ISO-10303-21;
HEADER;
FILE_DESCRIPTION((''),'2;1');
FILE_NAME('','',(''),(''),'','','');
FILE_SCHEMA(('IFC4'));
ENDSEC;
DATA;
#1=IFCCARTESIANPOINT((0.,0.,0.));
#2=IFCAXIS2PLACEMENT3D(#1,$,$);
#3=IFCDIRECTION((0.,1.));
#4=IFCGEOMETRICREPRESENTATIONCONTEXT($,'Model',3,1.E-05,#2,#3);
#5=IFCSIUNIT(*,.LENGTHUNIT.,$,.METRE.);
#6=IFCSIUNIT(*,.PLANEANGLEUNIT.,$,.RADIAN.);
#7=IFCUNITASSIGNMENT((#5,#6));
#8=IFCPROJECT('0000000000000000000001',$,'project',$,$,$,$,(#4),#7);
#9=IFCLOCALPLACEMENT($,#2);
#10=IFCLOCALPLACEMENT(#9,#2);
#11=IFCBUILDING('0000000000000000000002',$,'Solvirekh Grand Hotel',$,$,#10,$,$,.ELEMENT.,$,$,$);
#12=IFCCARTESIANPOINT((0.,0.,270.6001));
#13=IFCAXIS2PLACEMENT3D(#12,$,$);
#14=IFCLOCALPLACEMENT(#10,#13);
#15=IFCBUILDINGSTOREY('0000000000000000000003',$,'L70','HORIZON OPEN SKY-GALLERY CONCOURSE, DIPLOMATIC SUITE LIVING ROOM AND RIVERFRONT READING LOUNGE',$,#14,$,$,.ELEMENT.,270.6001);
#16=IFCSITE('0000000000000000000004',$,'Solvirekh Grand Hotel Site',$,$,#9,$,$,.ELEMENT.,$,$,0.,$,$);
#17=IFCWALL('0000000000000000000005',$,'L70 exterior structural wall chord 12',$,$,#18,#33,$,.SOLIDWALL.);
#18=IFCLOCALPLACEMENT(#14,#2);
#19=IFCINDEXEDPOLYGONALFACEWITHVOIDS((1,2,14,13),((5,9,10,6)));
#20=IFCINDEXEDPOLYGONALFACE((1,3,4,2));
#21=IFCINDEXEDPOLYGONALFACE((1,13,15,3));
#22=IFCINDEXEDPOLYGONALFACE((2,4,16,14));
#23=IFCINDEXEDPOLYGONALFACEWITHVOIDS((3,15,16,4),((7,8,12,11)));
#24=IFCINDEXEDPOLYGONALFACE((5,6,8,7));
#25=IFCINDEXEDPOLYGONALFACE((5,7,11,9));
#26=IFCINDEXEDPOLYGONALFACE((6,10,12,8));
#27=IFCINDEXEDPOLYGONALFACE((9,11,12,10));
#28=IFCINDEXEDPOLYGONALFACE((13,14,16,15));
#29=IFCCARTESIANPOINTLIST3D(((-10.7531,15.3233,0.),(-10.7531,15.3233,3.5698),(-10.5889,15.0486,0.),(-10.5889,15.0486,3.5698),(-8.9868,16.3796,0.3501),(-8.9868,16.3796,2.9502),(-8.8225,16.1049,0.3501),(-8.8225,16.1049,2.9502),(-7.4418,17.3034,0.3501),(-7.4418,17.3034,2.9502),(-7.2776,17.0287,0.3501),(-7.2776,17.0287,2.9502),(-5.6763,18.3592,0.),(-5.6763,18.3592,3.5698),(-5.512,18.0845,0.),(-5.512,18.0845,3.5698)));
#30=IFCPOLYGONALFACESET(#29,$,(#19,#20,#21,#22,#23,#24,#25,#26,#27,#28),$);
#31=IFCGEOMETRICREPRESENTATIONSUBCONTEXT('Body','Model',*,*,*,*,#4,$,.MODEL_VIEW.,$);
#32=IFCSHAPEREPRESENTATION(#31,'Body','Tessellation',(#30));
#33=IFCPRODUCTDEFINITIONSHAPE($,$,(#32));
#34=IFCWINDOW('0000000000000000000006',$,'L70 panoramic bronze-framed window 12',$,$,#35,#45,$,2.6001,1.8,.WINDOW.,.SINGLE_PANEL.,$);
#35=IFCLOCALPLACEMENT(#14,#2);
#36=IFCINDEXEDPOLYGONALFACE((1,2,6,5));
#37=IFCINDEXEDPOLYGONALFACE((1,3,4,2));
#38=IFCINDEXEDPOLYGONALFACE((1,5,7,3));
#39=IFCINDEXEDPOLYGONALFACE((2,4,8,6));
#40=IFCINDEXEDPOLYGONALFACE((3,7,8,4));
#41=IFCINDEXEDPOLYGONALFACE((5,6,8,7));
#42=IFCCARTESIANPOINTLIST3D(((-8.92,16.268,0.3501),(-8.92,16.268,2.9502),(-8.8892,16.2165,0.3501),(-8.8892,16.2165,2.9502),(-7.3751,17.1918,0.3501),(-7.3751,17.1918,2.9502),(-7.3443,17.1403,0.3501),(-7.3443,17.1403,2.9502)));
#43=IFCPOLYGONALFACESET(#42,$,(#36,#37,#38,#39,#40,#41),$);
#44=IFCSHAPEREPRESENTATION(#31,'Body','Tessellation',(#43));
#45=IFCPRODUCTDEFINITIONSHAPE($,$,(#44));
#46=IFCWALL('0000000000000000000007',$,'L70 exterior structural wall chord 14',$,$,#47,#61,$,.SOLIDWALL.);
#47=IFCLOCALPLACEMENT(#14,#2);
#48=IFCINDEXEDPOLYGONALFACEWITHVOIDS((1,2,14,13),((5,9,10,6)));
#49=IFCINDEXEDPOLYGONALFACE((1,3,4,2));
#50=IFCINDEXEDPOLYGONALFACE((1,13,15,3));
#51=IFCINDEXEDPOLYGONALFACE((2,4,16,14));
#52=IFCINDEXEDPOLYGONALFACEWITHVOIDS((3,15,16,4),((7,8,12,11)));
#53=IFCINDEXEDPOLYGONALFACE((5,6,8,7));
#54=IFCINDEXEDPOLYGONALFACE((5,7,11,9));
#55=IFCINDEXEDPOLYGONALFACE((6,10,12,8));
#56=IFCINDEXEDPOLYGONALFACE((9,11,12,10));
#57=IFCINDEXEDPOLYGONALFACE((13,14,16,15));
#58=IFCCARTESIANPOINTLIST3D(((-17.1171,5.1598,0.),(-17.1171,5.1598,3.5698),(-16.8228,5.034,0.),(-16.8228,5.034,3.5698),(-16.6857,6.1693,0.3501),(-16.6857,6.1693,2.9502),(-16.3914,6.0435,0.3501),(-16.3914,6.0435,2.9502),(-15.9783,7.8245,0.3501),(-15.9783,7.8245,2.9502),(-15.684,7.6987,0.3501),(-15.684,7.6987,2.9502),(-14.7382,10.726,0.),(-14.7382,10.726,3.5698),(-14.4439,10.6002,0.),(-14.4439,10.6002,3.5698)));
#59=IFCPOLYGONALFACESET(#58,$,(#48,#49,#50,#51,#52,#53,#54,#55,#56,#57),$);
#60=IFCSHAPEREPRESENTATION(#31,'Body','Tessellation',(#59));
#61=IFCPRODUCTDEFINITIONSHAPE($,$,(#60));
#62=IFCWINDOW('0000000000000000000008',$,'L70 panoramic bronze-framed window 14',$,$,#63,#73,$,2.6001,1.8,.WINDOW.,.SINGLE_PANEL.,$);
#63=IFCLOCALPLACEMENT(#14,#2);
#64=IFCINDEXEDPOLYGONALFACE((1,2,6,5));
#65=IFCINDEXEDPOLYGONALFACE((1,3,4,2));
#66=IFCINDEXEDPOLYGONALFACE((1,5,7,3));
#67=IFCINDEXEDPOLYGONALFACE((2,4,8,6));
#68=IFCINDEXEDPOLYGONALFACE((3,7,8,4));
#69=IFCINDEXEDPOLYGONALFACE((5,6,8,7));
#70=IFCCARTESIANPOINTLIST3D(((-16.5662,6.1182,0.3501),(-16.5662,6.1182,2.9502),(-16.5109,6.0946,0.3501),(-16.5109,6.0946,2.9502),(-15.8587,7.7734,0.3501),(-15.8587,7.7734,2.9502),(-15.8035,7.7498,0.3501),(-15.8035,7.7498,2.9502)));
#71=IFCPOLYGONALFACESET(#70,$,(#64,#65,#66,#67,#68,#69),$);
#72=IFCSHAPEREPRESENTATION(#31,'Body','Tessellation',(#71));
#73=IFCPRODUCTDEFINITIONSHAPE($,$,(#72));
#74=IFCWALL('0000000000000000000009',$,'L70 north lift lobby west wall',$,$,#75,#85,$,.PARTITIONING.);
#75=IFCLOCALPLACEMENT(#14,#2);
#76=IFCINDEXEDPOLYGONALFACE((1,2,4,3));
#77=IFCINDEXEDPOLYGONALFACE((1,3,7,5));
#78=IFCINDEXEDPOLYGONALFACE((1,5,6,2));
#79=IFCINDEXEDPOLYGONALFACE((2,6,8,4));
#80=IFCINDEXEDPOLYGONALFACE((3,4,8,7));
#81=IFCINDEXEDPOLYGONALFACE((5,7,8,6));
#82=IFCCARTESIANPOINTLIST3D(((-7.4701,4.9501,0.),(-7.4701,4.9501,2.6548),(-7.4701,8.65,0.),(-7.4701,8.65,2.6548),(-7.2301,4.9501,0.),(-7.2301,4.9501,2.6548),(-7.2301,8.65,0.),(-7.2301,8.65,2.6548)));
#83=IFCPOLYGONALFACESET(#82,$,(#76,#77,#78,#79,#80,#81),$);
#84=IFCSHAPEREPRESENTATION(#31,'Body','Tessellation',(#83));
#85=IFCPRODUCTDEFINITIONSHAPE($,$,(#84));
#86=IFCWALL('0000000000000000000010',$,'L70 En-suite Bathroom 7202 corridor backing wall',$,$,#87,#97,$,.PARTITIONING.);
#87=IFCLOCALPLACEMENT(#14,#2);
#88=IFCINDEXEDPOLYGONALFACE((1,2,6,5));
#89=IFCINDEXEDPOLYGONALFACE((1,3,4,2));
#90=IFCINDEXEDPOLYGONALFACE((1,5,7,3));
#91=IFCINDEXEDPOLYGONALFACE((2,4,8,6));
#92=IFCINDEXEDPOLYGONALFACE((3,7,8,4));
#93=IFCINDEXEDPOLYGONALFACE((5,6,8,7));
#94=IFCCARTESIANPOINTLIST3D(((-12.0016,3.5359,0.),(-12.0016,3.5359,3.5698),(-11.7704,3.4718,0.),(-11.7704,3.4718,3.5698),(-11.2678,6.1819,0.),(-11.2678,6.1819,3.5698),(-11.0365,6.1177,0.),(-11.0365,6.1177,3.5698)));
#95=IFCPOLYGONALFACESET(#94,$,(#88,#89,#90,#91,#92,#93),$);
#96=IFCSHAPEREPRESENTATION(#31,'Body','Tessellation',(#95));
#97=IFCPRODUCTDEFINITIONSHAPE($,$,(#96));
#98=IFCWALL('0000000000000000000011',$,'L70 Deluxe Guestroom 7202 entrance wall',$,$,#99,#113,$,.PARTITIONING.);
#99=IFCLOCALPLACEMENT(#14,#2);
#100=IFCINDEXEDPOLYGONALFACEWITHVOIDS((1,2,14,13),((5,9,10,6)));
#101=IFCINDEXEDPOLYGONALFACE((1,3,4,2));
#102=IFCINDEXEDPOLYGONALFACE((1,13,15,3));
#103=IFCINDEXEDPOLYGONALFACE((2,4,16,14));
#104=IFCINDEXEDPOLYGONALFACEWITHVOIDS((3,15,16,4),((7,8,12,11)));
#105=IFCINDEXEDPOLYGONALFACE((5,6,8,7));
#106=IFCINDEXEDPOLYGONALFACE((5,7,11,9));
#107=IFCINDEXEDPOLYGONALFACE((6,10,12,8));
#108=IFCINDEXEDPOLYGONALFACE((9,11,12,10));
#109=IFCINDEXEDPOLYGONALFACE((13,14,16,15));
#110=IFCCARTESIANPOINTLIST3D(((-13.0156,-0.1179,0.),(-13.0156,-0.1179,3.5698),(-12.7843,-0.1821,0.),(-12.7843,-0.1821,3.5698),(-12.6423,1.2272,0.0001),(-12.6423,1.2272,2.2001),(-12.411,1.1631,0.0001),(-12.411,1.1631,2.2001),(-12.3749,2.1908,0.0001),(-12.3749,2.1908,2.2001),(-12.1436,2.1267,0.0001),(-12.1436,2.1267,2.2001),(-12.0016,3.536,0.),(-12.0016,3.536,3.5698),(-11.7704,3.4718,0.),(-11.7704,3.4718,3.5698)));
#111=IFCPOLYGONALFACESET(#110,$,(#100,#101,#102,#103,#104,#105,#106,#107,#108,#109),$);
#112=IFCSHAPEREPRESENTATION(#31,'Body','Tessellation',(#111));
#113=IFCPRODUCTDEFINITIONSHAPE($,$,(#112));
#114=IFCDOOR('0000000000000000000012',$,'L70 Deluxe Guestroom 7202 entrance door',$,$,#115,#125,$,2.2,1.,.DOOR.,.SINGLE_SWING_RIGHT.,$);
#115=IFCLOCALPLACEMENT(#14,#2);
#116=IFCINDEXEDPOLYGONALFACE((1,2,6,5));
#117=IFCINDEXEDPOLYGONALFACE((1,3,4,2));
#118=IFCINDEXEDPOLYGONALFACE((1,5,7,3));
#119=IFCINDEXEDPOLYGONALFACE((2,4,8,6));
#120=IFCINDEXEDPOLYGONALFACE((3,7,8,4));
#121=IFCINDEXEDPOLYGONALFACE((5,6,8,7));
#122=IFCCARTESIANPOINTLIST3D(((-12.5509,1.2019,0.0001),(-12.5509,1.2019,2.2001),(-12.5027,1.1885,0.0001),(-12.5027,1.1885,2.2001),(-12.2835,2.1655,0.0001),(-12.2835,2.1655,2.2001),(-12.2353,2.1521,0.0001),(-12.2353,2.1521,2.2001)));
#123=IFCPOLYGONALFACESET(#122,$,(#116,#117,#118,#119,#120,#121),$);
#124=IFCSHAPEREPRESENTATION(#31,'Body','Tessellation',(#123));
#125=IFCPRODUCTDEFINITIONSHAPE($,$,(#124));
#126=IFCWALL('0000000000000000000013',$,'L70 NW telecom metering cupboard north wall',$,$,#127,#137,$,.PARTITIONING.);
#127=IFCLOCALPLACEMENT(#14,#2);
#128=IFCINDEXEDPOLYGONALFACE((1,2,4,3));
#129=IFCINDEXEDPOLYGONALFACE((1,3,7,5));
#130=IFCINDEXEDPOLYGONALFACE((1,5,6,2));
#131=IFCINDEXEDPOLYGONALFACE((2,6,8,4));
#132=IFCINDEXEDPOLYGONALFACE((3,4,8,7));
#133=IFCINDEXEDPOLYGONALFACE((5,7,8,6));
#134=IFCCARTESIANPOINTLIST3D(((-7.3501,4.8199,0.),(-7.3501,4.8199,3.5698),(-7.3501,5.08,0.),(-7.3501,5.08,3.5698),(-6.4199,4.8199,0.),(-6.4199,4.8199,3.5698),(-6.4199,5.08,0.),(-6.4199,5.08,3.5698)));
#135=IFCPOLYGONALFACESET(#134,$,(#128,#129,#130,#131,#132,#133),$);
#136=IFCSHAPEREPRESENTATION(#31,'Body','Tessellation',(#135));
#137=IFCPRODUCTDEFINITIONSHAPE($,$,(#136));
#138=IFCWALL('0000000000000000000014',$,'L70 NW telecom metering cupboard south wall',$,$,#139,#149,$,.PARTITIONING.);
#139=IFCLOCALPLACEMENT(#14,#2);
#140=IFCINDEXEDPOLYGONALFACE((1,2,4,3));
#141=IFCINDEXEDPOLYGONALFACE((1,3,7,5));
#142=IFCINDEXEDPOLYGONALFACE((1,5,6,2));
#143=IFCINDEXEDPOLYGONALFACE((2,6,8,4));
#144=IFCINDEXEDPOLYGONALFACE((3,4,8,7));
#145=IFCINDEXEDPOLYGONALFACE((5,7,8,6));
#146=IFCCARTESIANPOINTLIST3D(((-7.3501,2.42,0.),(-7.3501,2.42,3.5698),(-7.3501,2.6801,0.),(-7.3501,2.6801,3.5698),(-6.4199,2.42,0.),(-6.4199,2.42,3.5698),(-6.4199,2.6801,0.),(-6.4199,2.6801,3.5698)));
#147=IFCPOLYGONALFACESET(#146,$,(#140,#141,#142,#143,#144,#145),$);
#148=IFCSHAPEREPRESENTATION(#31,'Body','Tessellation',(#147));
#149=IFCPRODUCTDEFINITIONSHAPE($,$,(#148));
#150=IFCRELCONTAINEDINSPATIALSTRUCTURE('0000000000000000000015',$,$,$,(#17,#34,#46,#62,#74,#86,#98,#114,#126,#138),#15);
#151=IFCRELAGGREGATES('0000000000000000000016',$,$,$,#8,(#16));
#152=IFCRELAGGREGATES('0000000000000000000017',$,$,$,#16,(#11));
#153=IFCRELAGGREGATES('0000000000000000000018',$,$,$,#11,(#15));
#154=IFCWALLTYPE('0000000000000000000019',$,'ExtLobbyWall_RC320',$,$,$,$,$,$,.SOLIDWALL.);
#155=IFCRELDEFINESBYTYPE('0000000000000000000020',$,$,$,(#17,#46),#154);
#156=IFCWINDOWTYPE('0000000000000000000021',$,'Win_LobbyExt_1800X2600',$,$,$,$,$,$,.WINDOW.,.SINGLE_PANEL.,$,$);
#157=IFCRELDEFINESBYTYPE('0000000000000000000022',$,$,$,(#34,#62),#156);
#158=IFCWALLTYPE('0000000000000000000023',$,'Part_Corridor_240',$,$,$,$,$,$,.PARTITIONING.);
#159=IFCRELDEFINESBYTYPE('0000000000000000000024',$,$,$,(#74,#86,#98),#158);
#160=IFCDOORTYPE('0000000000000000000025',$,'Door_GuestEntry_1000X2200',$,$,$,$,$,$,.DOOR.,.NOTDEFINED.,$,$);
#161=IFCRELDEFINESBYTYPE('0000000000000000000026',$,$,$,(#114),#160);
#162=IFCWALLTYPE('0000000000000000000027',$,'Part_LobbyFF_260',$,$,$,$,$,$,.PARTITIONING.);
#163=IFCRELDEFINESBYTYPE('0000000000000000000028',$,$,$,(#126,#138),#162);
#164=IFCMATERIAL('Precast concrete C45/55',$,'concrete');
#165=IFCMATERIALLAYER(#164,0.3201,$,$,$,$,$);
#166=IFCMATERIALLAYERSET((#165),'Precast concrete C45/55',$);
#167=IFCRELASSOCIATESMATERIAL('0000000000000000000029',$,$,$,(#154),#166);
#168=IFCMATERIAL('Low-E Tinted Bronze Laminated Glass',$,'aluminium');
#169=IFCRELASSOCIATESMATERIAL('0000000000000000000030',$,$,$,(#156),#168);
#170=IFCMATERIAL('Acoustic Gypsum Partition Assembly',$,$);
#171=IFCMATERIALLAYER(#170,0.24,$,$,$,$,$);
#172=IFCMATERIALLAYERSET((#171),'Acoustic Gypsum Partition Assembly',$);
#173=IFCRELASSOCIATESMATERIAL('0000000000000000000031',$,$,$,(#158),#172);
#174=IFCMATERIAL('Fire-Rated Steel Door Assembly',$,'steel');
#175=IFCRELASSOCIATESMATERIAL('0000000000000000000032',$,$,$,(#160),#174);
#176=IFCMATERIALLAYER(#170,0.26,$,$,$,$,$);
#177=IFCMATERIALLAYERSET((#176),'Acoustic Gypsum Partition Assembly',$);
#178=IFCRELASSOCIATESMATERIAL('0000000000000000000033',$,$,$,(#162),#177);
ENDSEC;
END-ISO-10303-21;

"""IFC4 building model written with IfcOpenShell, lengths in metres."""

from ifc_helpers import new_model, si_unit, direction, frame, frame_2d, origin, place, context, subcontext, project, spatial, rectangle, extrude, material, layer, layer_set, type_object, element, fill, save


model = new_model("IFC4")

# Units and contexts
model_context = context("Model", 3, precision=1e-05, world=origin(), true_north=direction((0.0, 1.0)))
body_context = subcontext(model_context, "Body", "Model", "MODEL_VIEW")
ifc_project = project(units=[si_unit("LENGTHUNIT", "METRE"), si_unit("PLANEANGLEUNIT", "RADIAN")], contexts=[model_context])

# Site, building, storey
site_placement = place(None, origin())
site = spatial("IfcSite", under=ifc_project, at=site_placement, Name="Solvirekh Grand Hotel Site", CompositionType="ELEMENT", RefElevation=0.0)
building_placement = place(site_placement, origin())
building = spatial("IfcBuilding", under=site, at=building_placement, Name="Solvirekh Grand Hotel", CompositionType="ELEMENT")
storey_placement = place(building_placement, frame((0.0, 0.0, 270.6001)))
storey = spatial("IfcBuildingStorey", under=building, at=storey_placement, Name="L70", Description="HORIZON OPEN SKY-GALLERY CONCOURSE, DIPLOMATIC SUITE LIVING ROOM AND RIVERFRONT READING LOUNGE", CompositionType="ELEMENT", Elevation=270.6001)

# Shared definitions
ifc_material_1 = material(Name="Low-E Tinted Bronze Laminated Glass", Category="aluminium")

# Walls, openings, windows
ifc_material_2 = material(Name="Precast concrete C45/55", Category="concrete")
ifc_layer_1 = layer(ifc_material_2, 0.3201)
ifc_layer_set_1 = layer_set([ifc_layer_1], Name="Precast concrete C45/55")
wall_type_1 = type_object("IfcWallType", Name="ExtLobbyWall_RC320", PredefinedType="SOLIDWALL", material=ifc_layer_set_1)
wall_1_placement = place(storey_placement, frame((-10.6709, 15.186, 0.0), z_axis=(0.0, 0.0, 1.0), x_axis=(0.858257, 0.513221, 0.0)))
wall_1 = element("IfcWall", 1, at=wall_1_placement, inside=storey, type_object=wall_type_1, Name="L70 exterior structural wall chord 12", PredefinedType="SOLIDWALL", context=body_context, shape_type="SweptSolid", body=[
    extrude(rectangle(XDim=5.9153, YDim=0.3201, at=frame_2d((2.9575, 0.0))), origin(), (0.0, 0.0, 1.0), 3.5698),
])
opening_1_placement = place(wall_1_placement, frame((2.0581, 0.0, 0.3501)))
opening_1 = element("IfcOpeningElement", 2, at=opening_1_placement, cuts=wall_1, PredefinedType="OPENING", context=body_context, shape_type="SweptSolid", body=[
    extrude(rectangle(XDim=1.8, YDim=2.6001, at=frame_2d((0.8999, 1.3))), frame((0.0, 0.1699, 0.0), z_axis=(0.0, -1.0, 0.0), x_axis=(1.0, 0.0, 0.0)), (0.0, 0.0, 1.0), 0.3401),
])
window_type = type_object("IfcWindowType", Name="Win_LobbyExt_1800X2600", PartitioningType="SINGLE_PANEL", PredefinedType="WINDOW", material=ifc_material_1)
window_1_placement = place(opening_1_placement, origin())
window_1 = element("IfcWindow", 3, at=window_1_placement, inside=storey, type_object=window_type, Name="L70 panoramic bronze-framed window 12", OverallHeight=2.6001, OverallWidth=1.8, PartitioningType="SINGLE_PANEL", PredefinedType="WINDOW", context=body_context, shape_type="SweptSolid", body=[
    extrude(rectangle(XDim=1.8, YDim=2.6001, at=frame_2d((0.8999, 1.3))), frame((0.0, 0.03, 0.0), z_axis=(0.0, -1.0, 0.0), x_axis=(1.0, 0.0, 0.0)), (0.0, 0.0, 1.0), 0.0601),
])
fill(opening_1, window_1)
wall_2_placement = place(storey_placement, frame((-16.97, 5.0969, 0.0), z_axis=(0.0, 0.0, 1.0), x_axis=(0.392999, 0.919539, 0.0)))
wall_2 = element("IfcWall", 4, at=wall_2_placement, inside=storey, type_object=wall_type_1, Name="L70 exterior structural wall chord 14", PredefinedType="SOLIDWALL", context=body_context, shape_type="SweptSolid", body=[
    extrude(rectangle(XDim=6.0532, YDim=0.3201, at=frame_2d((3.0266, 0.0))), origin(), (0.0, 0.0, 1.0), 3.5698),
])
opening_2_placement = place(wall_2_placement, frame((1.0979, 0.0, 0.3501)))
opening_2 = element("IfcOpeningElement", 5, at=opening_2_placement, cuts=wall_2, PredefinedType="OPENING", context=body_context, shape_type="SweptSolid", body=[
    extrude(rectangle(XDim=1.8, YDim=2.6001, at=frame_2d((0.8999, 1.3))), frame((0.0, 0.1699, 0.0), z_axis=(0.0, -1.0, 0.0), x_axis=(1.0, 0.0, 0.0)), (0.0, 0.0, 1.0), 0.3401),
])
window_2_placement = place(opening_2_placement, origin())
window_2 = element("IfcWindow", 6, at=window_2_placement, inside=storey, type_object=window_type, Name="L70 panoramic bronze-framed window 14", OverallHeight=2.6001, OverallWidth=1.8, PartitioningType="SINGLE_PANEL", PredefinedType="WINDOW", context=body_context, shape_type="SweptSolid", body=[
    extrude(rectangle(XDim=1.8, YDim=2.6001, at=frame_2d((0.8999, 1.3))), frame((0.0, 0.03, 0.0), z_axis=(0.0, -1.0, 0.0), x_axis=(1.0, 0.0, 0.0)), (0.0, 0.0, 1.0), 0.0601),
])
fill(opening_2, window_2)

# Walls
ifc_material_3 = material(Name="Acoustic Gypsum Partition Assembly")
ifc_layer_2 = layer(ifc_material_3, 0.24)
ifc_layer_set_2 = layer_set([ifc_layer_2], Name="Acoustic Gypsum Partition Assembly")
wall_type_2 = type_object("IfcWallType", Name="Part_Corridor_240", PredefinedType="PARTITIONING", material=ifc_layer_set_2)
wall_3_placement = place(storey_placement, frame((-7.3501, 4.95, 0.0), z_axis=(0.0, 0.0, 1.0), x_axis=(0.0, 1.0, 0.0)))
element("IfcWall", 7, at=wall_3_placement, inside=storey, type_object=wall_type_2, Name="L70 north lift lobby west wall", PredefinedType="PARTITIONING", context=body_context, shape_type="SweptSolid", body=[
    extrude(rectangle(XDim=3.7, YDim=0.24, at=frame_2d((1.8501, 0.0))), origin(), (0.0, 0.0, 1.0), 2.6548),
])
wall_4_placement = place(storey_placement, frame((-11.1521, 6.1499, 0.0), z_axis=(0.0, 0.0, 1.0), x_axis=(-0.267268, -0.963622, 0.0)))
element("IfcWall", 8, at=wall_4_placement, inside=storey, type_object=wall_type_2, Name="L70 En-suite Bathroom 7202 corridor backing wall", PredefinedType="PARTITIONING", context=body_context, shape_type="SweptSolid", body=[
    extrude(rectangle(XDim=2.7458, YDim=0.24, at=frame_2d((1.373, 0.0))), origin(), (0.0, 0.0, 1.0), 3.5698),
])

# Wall, opening, door
wall_5_placement = place(storey_placement, frame((-11.886, 3.5039, 0.0), z_axis=(0.0, 0.0, 1.0), x_axis=(-0.267391, -0.963588, 0.0)))
wall_5 = element("IfcWall", 9, at=wall_5_placement, inside=storey, type_object=wall_type_2, Name="L70 Deluxe Guestroom 7202 entrance wall", PredefinedType="PARTITIONING", context=body_context, shape_type="SweptSolid", body=[
    extrude(rectangle(XDim=3.792, YDim=0.24, at=frame_2d((1.896, 0.0))), origin(), (0.0, 0.0, 1.0), 3.5698),
])
opening_3_placement = place(wall_5_placement, frame((1.396, 0.0, 0.0)))
opening_3 = element("IfcOpeningElement", 10, at=opening_3_placement, cuts=wall_5, PredefinedType="OPENING", context=body_context, shape_type="SweptSolid", body=[
    extrude(rectangle(XDim=1.0, YDim=2.2, at=frame_2d((0.5, 1.1001))), frame((0.0, 0.1299, 0.0), z_axis=(0.0, -1.0, 0.0), x_axis=(1.0, 0.0, 0.0)), (0.0, 0.0, 1.0), 0.26),
])
ifc_material_4 = material(Name="Fire-Rated Steel Door Assembly", Category="steel")
door_type_1 = type_object("IfcDoorType", Name="Door_GuestEntry_1000X2200", OperationType="NOTDEFINED", PredefinedType="DOOR", material=ifc_material_4)
door_1_placement = place(opening_3_placement, origin())
door_1 = element("IfcDoor", 11, at=door_1_placement, inside=storey, type_object=door_type_1, Name="L70 Deluxe Guestroom 7202 entrance door", OperationType="SINGLE_SWING_RIGHT", OverallHeight=2.2, OverallWidth=1.0, PredefinedType="DOOR", context=body_context, shape_type="SweptSolid", body=[
    extrude(rectangle(XDim=1.0, YDim=2.2, at=frame_2d((0.5, 1.1001))), frame((0.0, 0.0249, 0.0), z_axis=(0.0, -1.0, 0.0), x_axis=(1.0, 0.0, 0.0)), (0.0, 0.0, 1.0), 0.05),
])
fill(opening_3, door_1)

# Walls
ifc_layer_3 = layer(ifc_material_3, 0.26)
ifc_layer_set_3 = layer_set([ifc_layer_3], Name="Acoustic Gypsum Partition Assembly")
wall_type_3 = type_object("IfcWallType", Name="Part_LobbyFF_260", PredefinedType="PARTITIONING", material=ifc_layer_set_3)
for number, where, z_axis, x_axis, name in (
    (12, (-7.3501, 4.95, 0.0), (0.0, 0.0, 1.0), (1.0, 0.0, 0.0), "L70 NW telecom metering cupboard north wall"),
    (13, (-7.3501, 2.55, 0.0), (0.0, 0.0, 1.0), (1.0, 0.0, 0.0), "L70 NW telecom metering cupboard south wall"),
):
    element("IfcWall", number, at=place(storey_placement, frame(where, z_axis=z_axis, x_axis=x_axis)), inside=storey, type_object=wall_type_3, Name=name, PredefinedType="PARTITIONING", context=body_context, shape_type="SweptSolid", body=[
        extrude(rectangle(XDim=0.9302, YDim=0.26, at=frame_2d((0.4651, 0.0))), origin(), (0.0, 0.0, 1.0), 3.5698),
    ])

save(model, "model.ifc")
